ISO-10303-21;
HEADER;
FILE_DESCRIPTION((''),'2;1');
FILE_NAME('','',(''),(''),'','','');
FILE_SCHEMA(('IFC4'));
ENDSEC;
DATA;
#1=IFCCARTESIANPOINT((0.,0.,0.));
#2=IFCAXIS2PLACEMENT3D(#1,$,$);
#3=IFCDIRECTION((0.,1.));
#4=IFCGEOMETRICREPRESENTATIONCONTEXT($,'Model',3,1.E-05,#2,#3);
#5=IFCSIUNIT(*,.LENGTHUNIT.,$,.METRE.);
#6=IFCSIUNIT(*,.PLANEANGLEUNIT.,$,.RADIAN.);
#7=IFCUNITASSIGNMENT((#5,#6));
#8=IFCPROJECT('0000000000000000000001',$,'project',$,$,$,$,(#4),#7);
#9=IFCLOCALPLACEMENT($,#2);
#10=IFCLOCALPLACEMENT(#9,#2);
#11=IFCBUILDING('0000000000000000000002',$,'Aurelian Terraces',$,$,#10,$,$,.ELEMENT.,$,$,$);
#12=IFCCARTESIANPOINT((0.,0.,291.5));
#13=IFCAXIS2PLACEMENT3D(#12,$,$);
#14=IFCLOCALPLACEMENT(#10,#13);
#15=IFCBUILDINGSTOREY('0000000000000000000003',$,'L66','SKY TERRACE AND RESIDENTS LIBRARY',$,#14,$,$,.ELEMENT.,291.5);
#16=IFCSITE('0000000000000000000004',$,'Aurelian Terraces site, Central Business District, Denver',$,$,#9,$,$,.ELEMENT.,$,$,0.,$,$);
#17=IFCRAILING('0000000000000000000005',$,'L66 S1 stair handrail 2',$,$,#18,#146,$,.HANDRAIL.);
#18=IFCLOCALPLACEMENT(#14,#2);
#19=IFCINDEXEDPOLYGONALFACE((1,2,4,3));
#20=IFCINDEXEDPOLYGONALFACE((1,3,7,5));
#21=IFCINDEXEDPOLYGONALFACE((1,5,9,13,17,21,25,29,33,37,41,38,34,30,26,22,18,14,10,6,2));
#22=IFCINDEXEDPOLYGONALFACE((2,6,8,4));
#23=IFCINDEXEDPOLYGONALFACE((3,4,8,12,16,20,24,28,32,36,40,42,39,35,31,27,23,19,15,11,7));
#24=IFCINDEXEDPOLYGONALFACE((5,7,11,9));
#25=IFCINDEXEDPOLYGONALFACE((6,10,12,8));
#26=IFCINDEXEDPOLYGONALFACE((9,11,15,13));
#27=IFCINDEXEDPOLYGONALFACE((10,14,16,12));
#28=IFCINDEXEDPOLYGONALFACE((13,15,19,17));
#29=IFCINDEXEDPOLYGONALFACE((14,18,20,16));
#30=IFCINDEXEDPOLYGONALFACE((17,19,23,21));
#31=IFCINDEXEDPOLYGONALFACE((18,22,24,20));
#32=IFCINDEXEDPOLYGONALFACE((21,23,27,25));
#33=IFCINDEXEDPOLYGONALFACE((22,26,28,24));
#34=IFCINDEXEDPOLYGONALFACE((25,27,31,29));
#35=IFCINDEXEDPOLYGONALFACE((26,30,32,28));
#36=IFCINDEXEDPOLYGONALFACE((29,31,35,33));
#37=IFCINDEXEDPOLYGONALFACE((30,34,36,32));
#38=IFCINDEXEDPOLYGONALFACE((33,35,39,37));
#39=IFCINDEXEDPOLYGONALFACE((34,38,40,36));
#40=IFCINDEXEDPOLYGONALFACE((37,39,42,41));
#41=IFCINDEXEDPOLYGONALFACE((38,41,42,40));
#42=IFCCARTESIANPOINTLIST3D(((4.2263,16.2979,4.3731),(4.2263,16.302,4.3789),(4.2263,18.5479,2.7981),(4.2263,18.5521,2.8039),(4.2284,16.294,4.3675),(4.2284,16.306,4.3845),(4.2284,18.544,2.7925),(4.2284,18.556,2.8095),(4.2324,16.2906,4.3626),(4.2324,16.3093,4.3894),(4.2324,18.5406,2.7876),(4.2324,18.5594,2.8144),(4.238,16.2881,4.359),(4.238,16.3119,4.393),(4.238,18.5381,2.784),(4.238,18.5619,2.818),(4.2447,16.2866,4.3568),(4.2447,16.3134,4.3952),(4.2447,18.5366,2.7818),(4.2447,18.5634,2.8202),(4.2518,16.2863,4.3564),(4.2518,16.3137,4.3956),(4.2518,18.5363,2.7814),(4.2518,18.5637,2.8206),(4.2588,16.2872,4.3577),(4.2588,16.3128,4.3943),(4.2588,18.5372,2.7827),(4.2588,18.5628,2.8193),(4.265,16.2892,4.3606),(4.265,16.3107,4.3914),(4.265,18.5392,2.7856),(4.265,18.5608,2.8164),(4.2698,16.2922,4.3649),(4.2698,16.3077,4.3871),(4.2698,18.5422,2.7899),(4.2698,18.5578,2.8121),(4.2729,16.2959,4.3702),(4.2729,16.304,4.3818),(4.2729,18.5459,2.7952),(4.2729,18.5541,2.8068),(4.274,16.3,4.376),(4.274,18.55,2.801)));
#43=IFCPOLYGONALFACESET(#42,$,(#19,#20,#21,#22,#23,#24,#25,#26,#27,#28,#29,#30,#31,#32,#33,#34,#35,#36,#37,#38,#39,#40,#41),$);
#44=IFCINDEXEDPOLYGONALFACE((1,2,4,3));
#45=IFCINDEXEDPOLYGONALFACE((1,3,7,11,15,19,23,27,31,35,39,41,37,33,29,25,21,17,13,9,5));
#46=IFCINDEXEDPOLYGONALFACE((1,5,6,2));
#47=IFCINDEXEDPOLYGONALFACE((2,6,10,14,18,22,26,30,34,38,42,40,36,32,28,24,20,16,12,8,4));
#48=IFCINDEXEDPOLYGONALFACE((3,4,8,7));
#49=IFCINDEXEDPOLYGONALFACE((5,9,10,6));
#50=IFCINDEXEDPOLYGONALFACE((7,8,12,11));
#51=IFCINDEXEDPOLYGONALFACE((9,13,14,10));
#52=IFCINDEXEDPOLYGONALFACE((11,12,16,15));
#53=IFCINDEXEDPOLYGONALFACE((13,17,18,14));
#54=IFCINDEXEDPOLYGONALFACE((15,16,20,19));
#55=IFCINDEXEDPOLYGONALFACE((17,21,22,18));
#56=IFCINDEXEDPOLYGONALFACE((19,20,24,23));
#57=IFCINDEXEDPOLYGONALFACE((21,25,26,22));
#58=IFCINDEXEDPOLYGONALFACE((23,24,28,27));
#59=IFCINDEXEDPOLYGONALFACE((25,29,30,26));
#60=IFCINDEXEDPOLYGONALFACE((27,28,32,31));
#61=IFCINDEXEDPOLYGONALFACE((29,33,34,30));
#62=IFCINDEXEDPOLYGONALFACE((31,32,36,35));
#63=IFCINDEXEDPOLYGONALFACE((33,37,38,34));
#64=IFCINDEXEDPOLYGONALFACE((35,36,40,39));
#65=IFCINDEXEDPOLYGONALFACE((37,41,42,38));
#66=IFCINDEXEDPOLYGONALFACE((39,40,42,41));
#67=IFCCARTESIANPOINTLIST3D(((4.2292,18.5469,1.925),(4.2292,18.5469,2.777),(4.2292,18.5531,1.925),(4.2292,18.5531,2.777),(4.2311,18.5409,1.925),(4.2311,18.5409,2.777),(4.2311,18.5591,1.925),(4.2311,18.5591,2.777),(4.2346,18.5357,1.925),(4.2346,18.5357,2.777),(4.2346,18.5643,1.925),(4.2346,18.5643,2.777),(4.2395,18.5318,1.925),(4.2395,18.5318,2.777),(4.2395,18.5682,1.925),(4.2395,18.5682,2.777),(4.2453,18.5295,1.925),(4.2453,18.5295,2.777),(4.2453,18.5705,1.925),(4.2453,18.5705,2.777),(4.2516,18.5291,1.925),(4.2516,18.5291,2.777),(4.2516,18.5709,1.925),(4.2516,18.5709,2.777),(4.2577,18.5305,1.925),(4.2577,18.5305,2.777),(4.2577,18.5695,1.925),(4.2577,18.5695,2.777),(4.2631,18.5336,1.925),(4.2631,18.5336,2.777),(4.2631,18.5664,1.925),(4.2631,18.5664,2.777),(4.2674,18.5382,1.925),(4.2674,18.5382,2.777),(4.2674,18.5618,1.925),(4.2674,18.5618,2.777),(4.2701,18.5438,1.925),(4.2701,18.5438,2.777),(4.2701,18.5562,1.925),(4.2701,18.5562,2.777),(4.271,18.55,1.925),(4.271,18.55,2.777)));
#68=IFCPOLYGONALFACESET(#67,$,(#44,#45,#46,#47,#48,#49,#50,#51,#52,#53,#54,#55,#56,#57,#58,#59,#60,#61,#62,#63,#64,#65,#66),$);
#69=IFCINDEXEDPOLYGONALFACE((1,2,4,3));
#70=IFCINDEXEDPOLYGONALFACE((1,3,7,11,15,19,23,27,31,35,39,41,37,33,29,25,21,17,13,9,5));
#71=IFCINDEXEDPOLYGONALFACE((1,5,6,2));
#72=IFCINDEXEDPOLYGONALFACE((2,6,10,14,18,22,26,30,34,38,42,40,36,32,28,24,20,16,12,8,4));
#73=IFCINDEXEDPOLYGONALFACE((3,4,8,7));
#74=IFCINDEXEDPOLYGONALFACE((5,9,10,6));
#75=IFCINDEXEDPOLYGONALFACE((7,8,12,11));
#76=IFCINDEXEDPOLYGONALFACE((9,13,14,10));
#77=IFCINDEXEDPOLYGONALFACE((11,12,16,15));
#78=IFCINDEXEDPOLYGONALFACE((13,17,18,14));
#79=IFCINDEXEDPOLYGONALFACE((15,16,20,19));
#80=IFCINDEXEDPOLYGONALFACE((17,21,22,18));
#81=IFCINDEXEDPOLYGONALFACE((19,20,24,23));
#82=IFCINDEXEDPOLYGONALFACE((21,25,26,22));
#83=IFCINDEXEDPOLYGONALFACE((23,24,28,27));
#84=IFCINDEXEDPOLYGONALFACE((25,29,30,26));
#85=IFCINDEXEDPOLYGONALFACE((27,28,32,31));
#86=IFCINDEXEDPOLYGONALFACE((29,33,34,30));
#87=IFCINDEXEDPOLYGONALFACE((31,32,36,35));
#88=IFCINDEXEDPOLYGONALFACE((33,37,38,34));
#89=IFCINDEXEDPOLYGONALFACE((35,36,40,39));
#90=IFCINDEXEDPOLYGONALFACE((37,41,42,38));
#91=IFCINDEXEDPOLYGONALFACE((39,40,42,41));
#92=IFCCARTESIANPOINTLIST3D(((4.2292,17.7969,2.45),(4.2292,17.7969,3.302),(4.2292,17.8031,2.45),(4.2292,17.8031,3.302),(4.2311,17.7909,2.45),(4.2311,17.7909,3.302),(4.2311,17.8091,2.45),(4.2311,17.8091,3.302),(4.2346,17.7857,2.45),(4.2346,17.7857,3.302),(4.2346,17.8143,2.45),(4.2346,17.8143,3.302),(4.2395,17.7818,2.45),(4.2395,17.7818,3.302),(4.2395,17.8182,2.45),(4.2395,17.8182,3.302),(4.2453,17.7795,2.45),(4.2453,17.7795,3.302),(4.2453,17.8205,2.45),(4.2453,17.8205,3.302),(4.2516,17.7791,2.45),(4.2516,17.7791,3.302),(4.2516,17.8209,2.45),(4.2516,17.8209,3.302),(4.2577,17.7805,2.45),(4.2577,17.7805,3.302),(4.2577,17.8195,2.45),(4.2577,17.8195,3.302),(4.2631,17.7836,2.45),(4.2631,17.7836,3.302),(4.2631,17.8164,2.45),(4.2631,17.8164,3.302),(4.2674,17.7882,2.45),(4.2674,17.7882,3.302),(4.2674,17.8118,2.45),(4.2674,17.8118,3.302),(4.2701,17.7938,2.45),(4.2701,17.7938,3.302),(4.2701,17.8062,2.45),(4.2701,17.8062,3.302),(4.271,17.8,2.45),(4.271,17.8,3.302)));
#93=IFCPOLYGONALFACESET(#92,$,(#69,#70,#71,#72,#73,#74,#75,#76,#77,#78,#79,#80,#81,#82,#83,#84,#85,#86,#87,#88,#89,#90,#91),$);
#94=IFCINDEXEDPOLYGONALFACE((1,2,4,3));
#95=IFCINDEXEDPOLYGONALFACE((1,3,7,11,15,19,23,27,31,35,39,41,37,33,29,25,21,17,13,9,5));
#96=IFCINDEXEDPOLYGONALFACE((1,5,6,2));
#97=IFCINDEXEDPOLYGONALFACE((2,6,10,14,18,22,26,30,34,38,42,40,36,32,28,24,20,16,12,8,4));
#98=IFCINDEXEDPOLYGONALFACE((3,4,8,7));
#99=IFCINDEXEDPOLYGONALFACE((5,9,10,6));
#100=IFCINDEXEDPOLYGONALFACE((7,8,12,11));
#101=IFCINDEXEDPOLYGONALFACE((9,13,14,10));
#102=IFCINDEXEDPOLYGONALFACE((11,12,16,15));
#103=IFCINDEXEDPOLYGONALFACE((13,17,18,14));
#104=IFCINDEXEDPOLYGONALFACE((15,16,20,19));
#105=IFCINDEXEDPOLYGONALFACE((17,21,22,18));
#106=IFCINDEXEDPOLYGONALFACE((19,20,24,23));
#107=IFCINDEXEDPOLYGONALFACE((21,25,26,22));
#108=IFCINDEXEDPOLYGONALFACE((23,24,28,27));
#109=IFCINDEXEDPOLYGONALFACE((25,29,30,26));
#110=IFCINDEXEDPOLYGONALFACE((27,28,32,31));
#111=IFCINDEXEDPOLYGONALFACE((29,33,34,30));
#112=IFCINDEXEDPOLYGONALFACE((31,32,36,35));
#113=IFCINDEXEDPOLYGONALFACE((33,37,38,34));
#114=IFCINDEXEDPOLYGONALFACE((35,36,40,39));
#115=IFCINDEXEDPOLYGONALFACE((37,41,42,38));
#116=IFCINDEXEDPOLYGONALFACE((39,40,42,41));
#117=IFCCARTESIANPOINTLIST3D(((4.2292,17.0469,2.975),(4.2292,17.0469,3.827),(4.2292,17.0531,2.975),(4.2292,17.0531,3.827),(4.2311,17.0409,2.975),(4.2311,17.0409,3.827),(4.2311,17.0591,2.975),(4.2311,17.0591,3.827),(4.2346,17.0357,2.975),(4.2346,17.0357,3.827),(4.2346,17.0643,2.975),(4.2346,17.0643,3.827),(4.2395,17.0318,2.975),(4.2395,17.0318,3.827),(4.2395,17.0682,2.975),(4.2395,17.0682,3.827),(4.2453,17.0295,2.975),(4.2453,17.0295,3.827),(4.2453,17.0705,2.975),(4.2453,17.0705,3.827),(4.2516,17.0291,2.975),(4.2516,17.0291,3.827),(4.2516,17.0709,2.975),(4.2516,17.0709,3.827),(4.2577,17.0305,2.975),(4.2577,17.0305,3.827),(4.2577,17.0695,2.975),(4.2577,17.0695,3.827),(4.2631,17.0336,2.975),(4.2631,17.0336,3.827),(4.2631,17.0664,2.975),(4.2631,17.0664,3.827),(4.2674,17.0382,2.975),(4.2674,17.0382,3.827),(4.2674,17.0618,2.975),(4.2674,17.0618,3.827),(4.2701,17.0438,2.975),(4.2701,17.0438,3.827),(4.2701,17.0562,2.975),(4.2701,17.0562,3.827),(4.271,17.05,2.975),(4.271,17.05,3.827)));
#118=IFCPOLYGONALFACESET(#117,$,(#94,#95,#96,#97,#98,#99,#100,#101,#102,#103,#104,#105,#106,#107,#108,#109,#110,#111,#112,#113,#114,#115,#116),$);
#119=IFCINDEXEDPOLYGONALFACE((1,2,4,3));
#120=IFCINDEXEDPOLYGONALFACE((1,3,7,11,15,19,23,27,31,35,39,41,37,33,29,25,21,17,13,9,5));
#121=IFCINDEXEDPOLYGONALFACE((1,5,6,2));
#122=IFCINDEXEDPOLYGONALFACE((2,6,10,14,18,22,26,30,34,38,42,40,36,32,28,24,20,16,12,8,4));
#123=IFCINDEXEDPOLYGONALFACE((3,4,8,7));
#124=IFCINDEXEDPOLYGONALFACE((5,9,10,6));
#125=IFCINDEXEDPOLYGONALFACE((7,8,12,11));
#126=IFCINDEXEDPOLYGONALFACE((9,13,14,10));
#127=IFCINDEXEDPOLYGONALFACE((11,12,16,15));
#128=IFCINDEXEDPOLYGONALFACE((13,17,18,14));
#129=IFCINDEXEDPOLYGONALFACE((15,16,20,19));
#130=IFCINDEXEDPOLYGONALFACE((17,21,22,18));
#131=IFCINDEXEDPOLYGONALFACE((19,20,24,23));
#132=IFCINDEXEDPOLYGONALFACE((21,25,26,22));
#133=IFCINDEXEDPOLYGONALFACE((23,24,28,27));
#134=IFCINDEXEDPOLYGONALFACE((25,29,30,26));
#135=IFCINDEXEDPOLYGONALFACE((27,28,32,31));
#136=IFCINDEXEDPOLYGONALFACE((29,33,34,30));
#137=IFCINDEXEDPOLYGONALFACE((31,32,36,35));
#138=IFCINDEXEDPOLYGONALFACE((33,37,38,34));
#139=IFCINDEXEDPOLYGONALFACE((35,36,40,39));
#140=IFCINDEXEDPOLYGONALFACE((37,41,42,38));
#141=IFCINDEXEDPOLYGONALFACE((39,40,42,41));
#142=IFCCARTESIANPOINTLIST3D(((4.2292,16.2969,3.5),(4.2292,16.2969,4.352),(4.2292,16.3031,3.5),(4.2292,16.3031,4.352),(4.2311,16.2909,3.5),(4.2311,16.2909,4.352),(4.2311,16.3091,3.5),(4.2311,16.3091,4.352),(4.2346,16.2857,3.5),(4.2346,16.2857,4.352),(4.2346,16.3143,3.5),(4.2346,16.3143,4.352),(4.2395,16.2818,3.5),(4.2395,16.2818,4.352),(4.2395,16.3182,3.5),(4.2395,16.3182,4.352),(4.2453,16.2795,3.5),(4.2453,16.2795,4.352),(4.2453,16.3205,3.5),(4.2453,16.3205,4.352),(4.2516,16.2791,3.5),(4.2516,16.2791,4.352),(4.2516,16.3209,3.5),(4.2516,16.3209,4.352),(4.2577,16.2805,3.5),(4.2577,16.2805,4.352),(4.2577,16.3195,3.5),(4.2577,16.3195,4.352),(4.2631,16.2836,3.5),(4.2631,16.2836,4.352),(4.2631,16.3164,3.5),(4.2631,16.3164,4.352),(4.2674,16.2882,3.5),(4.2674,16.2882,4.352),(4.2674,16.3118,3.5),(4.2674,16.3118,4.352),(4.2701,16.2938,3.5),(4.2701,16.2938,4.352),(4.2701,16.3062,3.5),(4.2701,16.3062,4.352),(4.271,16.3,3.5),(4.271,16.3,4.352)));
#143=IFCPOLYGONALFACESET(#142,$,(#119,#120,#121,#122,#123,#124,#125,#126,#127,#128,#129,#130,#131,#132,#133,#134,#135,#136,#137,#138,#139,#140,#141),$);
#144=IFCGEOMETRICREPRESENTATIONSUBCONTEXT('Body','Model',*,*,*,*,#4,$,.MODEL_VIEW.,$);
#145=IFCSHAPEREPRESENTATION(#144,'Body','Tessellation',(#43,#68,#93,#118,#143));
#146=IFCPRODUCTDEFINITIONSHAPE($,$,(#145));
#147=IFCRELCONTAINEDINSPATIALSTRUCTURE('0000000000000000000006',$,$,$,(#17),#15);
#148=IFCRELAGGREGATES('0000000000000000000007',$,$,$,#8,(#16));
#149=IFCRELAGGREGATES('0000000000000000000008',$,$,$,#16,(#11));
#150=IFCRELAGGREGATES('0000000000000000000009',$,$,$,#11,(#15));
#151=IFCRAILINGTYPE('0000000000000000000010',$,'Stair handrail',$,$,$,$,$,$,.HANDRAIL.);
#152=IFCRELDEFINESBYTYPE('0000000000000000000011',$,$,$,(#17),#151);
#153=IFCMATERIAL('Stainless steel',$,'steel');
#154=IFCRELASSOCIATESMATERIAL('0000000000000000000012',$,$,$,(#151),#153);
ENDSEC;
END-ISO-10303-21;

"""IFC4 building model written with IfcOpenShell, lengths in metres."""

from ifc_helpers import new_model, si_unit, direction, frame, origin, origin_2d, place, context, subcontext, project, spatial, circle, extrude, source, transform, mapped, material, type_object, element, save


model = new_model("IFC4")

# Units and contexts
model_context = context("Model", 3, precision=1e-05, world=origin(), true_north=direction((0.0, 1.0)))
body_context = subcontext(model_context, "Body", "Model", "MODEL_VIEW")
ifc_project = project(units=[si_unit("LENGTHUNIT", "METRE"), si_unit("PLANEANGLEUNIT", "RADIAN")], contexts=[model_context])

# Site, building, storey
site_placement = place(None, origin())
site = spatial("IfcSite", under=ifc_project, at=site_placement, Name="Aurelian Terraces site, Central Business District, Denver", CompositionType="ELEMENT", RefElevation=0.0)
building_placement = place(site_placement, origin())
building = spatial("IfcBuilding", under=site, at=building_placement, Name="Aurelian Terraces", CompositionType="ELEMENT")
storey_placement = place(building_placement, frame((0.0, 0.0, 291.5)))
storey = spatial("IfcBuildingStorey", under=building, at=storey_placement, Name="L66", Description="SKY TERRACE AND RESIDENTS LIBRARY", CompositionType="ELEMENT", Elevation=291.5)

# Railing
ifc_material_1 = material(Name="Stainless steel", Category="steel")
railing_type_1 = type_object("IfcRailingType", Name="Stair handrail", PredefinedType="HANDRAIL", material=ifc_material_1)
shared_shape_1 = source(origin(), body_context, "Body", "SweptSolid", [
    extrude(circle(Radius=0.024, at=origin_2d()), frame((0.0, 0.0, 0.876), z_axis=(0.0, -0.819232, 0.573462), x_axis=(1.0, 0.0, 0.0)), (0.0, 0.0, 1.0), 2.7465),
    extrude(circle(Radius=0.021, at=origin_2d()), origin(), (0.0, 0.0, 1.0), 0.852),
    extrude(circle(Radius=0.021, at=origin_2d()), frame((0.0, -0.75, 0.525)), (0.0, 0.0, 1.0), 0.852),
    extrude(circle(Radius=0.021, at=origin_2d()), frame((0.0, -1.5, 1.05)), (0.0, 0.0, 1.0), 0.852),
    extrude(circle(Radius=0.021, at=origin_2d()), frame((0.0, -2.25, 1.575)), (0.0, 0.0, 1.0), 0.852),
])
railing_1_placement = place(storey_placement, frame((4.25, 18.55, 1.925)))
element("IfcRailing", 1, at=railing_1_placement, inside=storey, type_object=railing_type_1, Name="L66 S1 stair handrail 2", PredefinedType="HANDRAIL", context=body_context, shape_type="MappedRepresentation", body=[
    mapped(shared_shape_1, transform((0.0, 0.0, 0.0), scale=1.0)),
])

save(model, "model.ifc")
